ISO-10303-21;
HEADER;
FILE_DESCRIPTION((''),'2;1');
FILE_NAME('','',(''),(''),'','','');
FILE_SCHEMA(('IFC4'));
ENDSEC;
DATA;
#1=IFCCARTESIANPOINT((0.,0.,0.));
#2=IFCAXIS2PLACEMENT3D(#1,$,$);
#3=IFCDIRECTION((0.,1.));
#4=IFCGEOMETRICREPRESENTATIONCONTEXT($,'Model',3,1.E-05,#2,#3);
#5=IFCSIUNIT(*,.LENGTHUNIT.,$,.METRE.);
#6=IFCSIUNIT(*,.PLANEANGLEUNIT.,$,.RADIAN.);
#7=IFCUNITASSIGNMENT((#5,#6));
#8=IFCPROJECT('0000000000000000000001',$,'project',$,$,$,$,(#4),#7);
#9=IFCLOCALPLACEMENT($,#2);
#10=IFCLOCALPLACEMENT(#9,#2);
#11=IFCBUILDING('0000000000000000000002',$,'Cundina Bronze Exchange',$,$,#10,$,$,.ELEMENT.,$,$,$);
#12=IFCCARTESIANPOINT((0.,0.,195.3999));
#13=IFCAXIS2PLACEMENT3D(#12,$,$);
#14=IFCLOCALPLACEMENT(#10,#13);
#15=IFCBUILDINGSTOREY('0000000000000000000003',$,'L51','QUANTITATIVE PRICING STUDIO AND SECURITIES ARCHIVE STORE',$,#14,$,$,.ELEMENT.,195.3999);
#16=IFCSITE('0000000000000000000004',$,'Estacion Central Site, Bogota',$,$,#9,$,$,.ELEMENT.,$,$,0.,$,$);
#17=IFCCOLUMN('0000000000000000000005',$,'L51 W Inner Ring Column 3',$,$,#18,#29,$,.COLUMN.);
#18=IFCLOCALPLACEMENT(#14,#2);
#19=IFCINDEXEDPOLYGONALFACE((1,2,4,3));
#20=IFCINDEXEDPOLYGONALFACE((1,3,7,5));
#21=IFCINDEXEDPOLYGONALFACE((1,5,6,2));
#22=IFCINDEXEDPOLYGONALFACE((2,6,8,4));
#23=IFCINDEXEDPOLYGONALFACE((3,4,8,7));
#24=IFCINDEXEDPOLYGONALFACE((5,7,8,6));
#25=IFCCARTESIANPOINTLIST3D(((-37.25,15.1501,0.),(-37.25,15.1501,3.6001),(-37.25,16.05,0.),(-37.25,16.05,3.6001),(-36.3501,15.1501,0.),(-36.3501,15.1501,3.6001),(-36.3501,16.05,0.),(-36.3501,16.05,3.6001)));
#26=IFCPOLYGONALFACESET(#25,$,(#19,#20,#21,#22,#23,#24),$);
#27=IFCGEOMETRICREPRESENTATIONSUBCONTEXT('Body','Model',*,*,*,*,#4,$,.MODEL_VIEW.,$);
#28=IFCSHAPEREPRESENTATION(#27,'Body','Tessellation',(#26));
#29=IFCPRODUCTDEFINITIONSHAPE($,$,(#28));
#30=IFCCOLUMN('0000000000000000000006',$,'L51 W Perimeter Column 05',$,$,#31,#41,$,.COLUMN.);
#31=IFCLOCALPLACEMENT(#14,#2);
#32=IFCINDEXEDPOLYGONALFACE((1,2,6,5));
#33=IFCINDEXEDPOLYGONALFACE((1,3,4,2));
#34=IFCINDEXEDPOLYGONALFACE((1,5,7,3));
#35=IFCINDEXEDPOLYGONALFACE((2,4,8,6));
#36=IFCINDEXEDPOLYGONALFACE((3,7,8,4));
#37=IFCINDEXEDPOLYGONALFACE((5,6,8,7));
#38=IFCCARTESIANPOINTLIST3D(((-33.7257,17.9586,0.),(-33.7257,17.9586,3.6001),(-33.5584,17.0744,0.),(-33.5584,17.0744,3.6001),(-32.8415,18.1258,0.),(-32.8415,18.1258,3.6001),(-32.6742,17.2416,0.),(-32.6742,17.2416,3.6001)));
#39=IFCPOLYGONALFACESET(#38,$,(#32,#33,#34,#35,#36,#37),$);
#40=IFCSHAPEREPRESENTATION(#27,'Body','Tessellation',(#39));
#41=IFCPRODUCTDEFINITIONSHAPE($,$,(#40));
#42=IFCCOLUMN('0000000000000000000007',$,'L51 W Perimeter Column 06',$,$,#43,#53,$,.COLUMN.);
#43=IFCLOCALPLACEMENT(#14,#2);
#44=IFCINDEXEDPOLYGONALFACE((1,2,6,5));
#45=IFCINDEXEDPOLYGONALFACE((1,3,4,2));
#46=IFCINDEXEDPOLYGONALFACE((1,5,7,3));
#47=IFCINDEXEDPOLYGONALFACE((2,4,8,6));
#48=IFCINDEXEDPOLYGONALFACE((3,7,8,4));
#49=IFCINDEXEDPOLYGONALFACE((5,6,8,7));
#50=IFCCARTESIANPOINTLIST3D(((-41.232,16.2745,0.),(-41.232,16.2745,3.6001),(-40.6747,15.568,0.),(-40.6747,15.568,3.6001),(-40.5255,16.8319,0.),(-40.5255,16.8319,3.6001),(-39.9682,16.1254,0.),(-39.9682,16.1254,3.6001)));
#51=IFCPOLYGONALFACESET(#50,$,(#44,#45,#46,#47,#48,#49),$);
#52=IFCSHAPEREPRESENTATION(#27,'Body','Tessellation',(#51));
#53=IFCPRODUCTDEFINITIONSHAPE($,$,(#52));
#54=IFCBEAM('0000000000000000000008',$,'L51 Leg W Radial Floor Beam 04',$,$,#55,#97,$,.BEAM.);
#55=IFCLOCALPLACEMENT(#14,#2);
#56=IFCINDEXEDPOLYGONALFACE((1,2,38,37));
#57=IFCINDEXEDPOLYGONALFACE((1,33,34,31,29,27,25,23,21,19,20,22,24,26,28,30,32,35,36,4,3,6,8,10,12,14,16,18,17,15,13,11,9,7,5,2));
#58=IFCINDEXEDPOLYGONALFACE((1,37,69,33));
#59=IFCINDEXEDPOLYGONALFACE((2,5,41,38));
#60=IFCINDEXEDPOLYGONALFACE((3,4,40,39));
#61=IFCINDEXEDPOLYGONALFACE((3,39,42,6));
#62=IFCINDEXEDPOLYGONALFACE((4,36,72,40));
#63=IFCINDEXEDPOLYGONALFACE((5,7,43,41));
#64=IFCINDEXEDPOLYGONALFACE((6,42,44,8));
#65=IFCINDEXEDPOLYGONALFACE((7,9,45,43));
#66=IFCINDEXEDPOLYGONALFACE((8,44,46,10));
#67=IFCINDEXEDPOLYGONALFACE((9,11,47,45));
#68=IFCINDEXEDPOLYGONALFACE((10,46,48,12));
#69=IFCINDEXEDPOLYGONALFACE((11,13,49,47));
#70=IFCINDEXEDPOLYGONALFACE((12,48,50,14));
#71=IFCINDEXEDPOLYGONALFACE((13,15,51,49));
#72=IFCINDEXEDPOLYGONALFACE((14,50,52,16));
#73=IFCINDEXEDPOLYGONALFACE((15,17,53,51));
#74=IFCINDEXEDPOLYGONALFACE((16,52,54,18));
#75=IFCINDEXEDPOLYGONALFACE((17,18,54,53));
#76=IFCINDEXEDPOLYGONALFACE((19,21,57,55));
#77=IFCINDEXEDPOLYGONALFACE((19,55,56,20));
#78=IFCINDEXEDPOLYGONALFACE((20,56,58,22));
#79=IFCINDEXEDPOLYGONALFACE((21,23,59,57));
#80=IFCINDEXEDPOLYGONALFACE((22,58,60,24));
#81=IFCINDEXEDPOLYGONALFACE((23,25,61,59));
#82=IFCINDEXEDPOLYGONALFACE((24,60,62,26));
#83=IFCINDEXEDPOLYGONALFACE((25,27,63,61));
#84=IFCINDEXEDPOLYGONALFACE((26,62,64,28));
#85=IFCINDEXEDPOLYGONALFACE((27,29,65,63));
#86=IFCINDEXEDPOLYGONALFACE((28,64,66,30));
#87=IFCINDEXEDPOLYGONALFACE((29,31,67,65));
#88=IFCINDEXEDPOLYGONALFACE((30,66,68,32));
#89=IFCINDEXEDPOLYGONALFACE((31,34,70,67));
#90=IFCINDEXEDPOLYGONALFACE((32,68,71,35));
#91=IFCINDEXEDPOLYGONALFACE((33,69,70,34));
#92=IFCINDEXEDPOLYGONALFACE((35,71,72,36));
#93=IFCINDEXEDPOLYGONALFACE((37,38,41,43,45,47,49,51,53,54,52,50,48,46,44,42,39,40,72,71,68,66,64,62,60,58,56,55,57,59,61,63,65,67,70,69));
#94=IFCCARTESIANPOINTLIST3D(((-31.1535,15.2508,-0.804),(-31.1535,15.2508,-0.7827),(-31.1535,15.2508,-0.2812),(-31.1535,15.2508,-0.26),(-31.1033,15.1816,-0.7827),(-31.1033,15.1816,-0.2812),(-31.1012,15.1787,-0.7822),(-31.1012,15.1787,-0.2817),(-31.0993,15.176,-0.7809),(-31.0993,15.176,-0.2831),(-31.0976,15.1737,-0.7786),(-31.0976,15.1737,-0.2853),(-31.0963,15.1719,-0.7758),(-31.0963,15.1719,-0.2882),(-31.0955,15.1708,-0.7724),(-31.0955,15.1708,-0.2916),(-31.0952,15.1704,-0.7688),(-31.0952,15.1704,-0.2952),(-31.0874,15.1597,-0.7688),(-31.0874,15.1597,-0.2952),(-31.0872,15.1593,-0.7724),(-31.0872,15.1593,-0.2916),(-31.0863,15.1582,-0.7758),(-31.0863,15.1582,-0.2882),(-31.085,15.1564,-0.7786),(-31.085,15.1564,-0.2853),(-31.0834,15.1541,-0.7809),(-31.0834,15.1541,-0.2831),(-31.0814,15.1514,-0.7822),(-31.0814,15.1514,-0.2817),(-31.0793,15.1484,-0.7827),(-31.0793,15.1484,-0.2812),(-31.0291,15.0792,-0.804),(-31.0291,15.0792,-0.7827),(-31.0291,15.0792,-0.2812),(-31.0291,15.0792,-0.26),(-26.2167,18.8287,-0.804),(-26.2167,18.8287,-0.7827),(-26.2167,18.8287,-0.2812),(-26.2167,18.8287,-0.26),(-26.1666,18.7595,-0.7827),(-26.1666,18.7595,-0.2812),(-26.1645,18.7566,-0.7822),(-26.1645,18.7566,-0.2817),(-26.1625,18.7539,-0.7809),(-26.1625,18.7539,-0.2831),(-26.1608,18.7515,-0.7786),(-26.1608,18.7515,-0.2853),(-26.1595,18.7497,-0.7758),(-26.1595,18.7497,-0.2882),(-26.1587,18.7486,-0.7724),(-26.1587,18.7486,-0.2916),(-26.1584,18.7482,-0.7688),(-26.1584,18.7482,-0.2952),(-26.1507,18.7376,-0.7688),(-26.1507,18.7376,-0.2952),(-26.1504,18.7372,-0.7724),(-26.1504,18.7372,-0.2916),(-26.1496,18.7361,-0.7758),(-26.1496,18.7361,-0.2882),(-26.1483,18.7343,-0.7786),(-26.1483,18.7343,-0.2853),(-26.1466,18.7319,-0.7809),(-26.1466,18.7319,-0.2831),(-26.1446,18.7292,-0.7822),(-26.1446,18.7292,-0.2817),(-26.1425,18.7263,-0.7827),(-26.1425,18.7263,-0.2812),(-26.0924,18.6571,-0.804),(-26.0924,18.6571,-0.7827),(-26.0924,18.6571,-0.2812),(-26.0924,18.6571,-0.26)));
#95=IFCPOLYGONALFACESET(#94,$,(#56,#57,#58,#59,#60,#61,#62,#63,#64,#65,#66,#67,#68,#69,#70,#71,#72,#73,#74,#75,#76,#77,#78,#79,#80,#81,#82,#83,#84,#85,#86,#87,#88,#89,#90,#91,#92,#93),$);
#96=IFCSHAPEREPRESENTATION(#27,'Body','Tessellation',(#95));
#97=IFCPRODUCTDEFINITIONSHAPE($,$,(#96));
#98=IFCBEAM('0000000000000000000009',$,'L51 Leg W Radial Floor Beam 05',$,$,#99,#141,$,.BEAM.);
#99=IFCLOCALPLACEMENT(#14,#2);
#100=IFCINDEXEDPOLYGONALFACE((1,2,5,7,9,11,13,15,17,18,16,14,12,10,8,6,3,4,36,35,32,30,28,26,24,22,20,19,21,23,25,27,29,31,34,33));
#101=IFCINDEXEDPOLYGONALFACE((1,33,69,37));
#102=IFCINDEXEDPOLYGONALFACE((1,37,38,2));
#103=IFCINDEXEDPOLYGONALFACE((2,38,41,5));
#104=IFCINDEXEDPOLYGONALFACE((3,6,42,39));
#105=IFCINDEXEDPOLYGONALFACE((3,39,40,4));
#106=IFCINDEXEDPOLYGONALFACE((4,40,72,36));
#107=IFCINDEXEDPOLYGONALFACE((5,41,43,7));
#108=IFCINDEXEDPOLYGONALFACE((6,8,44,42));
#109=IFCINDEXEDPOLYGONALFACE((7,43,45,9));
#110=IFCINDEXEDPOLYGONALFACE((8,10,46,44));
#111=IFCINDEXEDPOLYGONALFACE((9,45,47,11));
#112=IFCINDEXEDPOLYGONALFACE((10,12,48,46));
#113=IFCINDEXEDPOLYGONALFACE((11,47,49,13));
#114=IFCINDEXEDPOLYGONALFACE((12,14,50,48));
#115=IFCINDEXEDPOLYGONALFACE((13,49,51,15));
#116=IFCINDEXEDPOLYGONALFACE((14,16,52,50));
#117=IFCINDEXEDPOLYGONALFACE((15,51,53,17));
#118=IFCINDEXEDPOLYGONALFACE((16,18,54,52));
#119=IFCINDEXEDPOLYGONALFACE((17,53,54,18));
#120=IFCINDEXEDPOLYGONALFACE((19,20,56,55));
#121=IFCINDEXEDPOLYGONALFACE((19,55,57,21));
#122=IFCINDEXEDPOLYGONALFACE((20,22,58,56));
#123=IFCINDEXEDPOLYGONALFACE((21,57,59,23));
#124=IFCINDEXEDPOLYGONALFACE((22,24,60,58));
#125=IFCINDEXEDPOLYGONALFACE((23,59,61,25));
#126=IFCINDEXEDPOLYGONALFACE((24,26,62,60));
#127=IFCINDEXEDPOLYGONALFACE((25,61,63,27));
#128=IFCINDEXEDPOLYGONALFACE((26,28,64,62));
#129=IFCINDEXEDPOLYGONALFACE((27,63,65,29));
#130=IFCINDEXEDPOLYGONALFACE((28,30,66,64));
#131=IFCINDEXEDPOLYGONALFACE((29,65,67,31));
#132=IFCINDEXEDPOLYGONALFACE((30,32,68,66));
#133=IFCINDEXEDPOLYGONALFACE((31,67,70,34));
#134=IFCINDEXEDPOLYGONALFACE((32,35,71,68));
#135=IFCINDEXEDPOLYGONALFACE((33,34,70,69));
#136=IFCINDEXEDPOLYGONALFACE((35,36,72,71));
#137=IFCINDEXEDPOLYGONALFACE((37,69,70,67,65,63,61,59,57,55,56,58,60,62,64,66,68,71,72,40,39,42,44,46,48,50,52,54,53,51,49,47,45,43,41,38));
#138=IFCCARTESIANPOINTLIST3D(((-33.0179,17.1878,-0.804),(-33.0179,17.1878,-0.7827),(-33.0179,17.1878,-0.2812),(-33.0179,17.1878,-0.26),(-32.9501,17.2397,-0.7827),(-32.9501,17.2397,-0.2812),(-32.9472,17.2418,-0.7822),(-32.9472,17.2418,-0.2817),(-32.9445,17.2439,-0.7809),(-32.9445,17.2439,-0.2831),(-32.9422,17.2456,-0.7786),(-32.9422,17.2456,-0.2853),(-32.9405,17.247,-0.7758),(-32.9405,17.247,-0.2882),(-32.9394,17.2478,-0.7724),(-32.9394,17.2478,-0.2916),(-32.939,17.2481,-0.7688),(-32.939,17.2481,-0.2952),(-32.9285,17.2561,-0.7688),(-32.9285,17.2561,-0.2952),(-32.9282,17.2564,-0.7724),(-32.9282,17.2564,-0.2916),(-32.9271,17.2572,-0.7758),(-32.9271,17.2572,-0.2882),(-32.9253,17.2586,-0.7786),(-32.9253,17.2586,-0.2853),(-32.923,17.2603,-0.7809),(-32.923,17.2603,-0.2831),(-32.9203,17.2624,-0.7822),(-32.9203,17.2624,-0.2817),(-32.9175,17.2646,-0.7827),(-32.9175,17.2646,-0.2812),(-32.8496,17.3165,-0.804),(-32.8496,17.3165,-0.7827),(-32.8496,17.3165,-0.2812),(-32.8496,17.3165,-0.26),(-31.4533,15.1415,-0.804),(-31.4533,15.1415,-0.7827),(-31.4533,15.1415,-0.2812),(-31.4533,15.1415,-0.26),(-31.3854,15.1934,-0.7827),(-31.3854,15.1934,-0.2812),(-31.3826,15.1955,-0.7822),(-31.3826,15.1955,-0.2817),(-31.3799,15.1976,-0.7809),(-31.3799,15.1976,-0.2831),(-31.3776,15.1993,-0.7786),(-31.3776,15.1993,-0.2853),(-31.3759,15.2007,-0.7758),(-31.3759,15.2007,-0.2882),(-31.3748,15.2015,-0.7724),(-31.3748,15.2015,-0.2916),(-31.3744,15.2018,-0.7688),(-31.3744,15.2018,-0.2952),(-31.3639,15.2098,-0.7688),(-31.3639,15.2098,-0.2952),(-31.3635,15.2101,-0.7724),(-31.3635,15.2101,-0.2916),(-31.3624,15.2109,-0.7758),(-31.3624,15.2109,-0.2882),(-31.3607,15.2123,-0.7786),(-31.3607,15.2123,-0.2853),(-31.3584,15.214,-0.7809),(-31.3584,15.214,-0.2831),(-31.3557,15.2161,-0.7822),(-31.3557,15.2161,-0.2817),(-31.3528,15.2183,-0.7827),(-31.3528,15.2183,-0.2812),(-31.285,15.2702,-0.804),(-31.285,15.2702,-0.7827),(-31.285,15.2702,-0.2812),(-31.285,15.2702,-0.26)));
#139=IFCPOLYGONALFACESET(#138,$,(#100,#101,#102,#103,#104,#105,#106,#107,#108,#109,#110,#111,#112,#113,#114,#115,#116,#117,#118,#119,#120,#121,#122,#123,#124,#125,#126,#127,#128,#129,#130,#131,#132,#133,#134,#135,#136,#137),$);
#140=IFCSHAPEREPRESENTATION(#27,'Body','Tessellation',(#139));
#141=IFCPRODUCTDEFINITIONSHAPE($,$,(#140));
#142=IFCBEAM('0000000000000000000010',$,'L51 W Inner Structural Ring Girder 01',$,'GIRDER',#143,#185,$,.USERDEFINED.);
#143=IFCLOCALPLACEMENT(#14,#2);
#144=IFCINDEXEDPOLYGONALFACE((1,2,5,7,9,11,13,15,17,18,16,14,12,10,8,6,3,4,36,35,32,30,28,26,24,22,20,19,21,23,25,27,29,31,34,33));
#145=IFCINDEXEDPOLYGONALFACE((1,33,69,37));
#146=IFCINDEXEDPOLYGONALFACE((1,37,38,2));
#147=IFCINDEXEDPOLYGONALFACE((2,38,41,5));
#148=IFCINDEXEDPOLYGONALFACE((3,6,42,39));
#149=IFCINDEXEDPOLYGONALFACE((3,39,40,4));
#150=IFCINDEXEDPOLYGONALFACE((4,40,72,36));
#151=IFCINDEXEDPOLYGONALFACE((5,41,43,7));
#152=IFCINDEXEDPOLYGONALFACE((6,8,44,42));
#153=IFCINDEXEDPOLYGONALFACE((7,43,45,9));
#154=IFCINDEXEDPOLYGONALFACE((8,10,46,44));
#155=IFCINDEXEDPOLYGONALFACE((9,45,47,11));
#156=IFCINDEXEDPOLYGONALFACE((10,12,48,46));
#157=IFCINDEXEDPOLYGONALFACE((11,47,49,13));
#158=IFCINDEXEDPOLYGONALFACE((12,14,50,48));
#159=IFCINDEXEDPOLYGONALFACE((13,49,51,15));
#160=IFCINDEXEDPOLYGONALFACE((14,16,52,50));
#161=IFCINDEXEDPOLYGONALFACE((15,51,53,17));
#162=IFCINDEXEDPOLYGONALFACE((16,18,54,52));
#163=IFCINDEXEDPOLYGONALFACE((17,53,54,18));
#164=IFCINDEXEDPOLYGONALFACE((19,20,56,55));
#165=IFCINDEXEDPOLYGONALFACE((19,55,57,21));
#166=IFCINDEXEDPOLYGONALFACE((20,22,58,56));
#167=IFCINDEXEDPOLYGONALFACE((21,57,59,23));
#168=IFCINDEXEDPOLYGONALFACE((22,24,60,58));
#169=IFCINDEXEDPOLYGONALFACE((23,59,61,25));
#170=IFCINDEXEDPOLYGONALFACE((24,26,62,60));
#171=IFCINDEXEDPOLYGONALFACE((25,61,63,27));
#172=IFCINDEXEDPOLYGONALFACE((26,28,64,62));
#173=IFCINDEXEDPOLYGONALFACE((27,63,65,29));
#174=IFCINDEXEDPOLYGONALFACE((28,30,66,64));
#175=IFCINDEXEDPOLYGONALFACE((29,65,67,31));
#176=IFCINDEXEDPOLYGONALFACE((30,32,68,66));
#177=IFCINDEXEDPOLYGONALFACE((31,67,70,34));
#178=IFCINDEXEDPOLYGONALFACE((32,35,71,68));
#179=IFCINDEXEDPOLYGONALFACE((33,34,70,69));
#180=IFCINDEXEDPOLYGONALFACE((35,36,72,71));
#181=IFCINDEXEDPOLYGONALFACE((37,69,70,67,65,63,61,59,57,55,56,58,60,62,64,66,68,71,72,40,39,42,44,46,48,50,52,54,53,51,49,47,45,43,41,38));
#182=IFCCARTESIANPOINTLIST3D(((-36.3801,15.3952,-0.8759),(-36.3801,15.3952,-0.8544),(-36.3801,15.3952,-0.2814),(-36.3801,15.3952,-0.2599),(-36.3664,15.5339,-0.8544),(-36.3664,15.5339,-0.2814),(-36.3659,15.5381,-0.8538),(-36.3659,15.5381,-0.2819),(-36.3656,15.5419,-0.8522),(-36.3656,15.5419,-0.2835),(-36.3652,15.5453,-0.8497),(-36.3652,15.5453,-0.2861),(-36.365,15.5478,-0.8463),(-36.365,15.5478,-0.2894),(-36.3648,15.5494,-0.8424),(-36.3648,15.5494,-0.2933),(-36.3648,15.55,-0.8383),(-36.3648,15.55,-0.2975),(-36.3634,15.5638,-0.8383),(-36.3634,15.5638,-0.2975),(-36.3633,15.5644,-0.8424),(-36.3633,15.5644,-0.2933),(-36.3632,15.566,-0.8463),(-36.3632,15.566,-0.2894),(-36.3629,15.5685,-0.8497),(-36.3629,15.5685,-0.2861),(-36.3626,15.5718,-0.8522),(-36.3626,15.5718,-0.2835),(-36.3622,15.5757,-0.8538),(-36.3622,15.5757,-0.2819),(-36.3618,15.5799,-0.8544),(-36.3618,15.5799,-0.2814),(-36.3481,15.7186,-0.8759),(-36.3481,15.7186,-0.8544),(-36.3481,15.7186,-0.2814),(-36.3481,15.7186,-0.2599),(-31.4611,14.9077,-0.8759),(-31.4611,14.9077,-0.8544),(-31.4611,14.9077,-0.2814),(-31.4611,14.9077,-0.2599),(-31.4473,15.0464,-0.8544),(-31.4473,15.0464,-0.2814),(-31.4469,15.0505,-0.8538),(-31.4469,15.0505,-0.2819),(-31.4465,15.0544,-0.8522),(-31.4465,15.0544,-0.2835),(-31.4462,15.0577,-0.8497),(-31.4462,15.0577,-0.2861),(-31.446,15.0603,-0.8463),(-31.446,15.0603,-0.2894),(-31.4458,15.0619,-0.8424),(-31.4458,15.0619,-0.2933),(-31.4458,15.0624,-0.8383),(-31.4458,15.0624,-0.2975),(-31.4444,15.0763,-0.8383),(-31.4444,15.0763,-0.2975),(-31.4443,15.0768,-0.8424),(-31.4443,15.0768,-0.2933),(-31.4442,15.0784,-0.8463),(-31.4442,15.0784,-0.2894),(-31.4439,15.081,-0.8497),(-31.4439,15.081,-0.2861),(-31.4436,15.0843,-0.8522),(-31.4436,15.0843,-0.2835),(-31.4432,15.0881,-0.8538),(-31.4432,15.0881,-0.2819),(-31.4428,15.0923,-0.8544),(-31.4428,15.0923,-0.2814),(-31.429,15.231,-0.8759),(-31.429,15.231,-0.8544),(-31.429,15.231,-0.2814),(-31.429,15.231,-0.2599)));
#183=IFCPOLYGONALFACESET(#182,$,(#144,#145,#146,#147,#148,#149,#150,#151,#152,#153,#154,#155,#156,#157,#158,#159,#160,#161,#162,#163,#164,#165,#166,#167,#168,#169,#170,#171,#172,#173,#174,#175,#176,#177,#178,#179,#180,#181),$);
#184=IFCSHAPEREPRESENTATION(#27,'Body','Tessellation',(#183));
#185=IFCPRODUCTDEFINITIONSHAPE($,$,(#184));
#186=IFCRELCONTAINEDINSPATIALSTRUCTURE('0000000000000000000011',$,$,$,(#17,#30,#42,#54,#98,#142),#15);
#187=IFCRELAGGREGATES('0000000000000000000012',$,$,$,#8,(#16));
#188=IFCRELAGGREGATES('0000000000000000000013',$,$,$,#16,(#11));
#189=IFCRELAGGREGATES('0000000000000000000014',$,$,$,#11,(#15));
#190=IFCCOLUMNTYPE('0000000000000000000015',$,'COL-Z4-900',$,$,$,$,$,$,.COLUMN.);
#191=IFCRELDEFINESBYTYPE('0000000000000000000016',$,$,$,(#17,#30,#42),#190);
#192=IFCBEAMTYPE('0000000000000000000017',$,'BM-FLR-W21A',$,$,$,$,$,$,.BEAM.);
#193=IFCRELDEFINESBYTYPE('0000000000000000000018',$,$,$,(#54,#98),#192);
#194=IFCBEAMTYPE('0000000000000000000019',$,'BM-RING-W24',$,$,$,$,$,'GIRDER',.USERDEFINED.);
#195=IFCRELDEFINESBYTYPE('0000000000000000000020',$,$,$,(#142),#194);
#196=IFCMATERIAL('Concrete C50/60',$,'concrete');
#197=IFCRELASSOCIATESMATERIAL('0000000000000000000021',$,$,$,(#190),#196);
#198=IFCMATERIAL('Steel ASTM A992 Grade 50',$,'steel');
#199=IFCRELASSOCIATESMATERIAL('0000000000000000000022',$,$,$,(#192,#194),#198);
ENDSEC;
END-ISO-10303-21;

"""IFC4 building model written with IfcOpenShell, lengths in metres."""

from ifc_helpers import new_model, si_unit, direction, frame, origin, origin_2d, place, context, subcontext, project, spatial, rectangle, i_section, extrude, material, material_profile, profile_set, type_object, element, save


model = new_model("IFC4")

# Units and contexts
model_context = context("Model", 3, precision=1e-05, world=origin(), true_north=direction((0.0, 1.0)))
body_context = subcontext(model_context, "Body", "Model", "MODEL_VIEW")
ifc_project = project(units=[si_unit("LENGTHUNIT", "METRE"), si_unit("PLANEANGLEUNIT", "RADIAN")], contexts=[model_context])

# Site, building, storey
site_placement = place(None, origin())
site = spatial("IfcSite", under=ifc_project, at=site_placement, Name="Estacion Central Site, Bogota", CompositionType="ELEMENT", RefElevation=0.0)
building_placement = place(site_placement, origin())
building = spatial("IfcBuilding", under=site, at=building_placement, Name="Cundina Bronze Exchange", CompositionType="ELEMENT")
storey_placement = place(building_placement, frame((0.0, 0.0, 195.3999)))
storey = spatial("IfcBuildingStorey", under=building, at=storey_placement, Name="L51", Description="QUANTITATIVE PRICING STUDIO AND SECURITIES ARCHIVE STORE", CompositionType="ELEMENT", Elevation=195.3999)

# Columns
ifc_material_1 = material(Name="Concrete C50/60", Category="concrete")
ifc_material_profile_1 = material_profile(ifc_material_1, rectangle(XDim=0.8999, YDim=0.8999, at=origin_2d()), Name="RC900X900", Category="concrete")
ifc_profile_set_1 = profile_set([ifc_material_profile_1], Name="Concrete C50/60")
column_type = type_object("IfcColumnType", Name="COL-Z4-900", PredefinedType="COLUMN", material=ifc_profile_set_1)
for number, where, z_axis, x_axis, name in (
    (1, (-36.8, 15.6001, 0.0), (0.0, 0.0, 1.0), (1.0, 0.0, 0.0), "L51 W Inner Ring Column 3"),
    (2, (-33.2, 17.6001, 0.0), (0.0, 0.0, 1.0), (-0.98258, -0.185838, 0.0), "L51 W Perimeter Column 05"),
    (3, (-40.6001, 16.2, 0.0), (0.0, 0.0, 1.0), (-0.785101, -0.619368, 0.0), "L51 W Perimeter Column 06"),
):
    element("IfcColumn", number, at=place(storey_placement, frame(where, z_axis=z_axis, x_axis=x_axis)), inside=storey, type_object=column_type, Name=name, PredefinedType="COLUMN", context=body_context, shape_type="SweptSolid", body=[
        extrude(rectangle(XDim=0.8999, YDim=0.8999, at=origin_2d()), origin(), (0.0, 0.0, 1.0), 3.6001),
    ])

# Beams
ifc_material_2 = material(Name="Steel ASTM A992 Grade 50", Category="steel")
ifc_material_profile_2 = material_profile(ifc_material_2, i_section(OverallWidth=0.2119, OverallDepth=0.5439, WebThickness=0.0132, FlangeThickness=0.0212, FilletRadius=0.0139, at=origin_2d()), Name="W21X83", Category="steel")
ifc_profile_set_2 = profile_set([ifc_material_profile_2], Name="Steel ASTM A992 Grade 50")
beam_type_1 = type_object("IfcBeamType", Name="BM-FLR-W21A", PredefinedType="BEAM", material=ifc_profile_set_2)
beam_1_placement = place(storey_placement, frame((-31.0913, 15.165, -0.532), z_axis=(0.80971, 0.58683, 0.0), x_axis=(-0.58683, 0.80971, 0.0)))
element("IfcBeam", 4, at=beam_1_placement, inside=storey, type_object=beam_type_1, Name="L51 Leg W Radial Floor Beam 04", PredefinedType="BEAM", context=body_context, shape_type="SweptSolid", body=[
    extrude(i_section(OverallWidth=0.2119, OverallDepth=0.5439, WebThickness=0.0132, FlangeThickness=0.0212, FilletRadius=0.0139, at=origin_2d()), origin(), (0.0, 0.0, 1.0), 6.0969),
])
beam_2_placement = place(storey_placement, frame((-31.3691, 15.2058, -0.532), z_axis=(-0.607404, 0.794393, 0.0), x_axis=(-0.794393, -0.607404, 0.0)))
element("IfcBeam", 5, at=beam_2_placement, inside=storey, type_object=beam_type_1, Name="L51 Leg W Radial Floor Beam 05", PredefinedType="BEAM", context=body_context, shape_type="SweptSolid", body=[
    extrude(i_section(OverallWidth=0.2119, OverallDepth=0.5439, WebThickness=0.0132, FlangeThickness=0.0212, FilletRadius=0.0139, at=origin_2d()), origin(), (0.0, 0.0, 1.0), 2.5759),
])
ifc_material_profile_3 = material_profile(ifc_material_2, i_section(OverallWidth=0.325, OverallDepth=0.616, WebThickness=0.0139, FlangeThickness=0.0215, FilletRadius=0.0161, at=origin_2d()), Name="W24X117", Category="steel")
ifc_profile_set_3 = profile_set([ifc_material_profile_3], Name="Steel ASTM A992 Grade 50")
beam_type_2 = type_object("IfcBeamType", Name="BM-RING-W24", ElementType="GIRDER", PredefinedType="USERDEFINED", material=ifc_profile_set_3)
beam_3_placement = place(storey_placement, frame((-31.4451, 15.0693, -0.5679), z_axis=(-0.995124, 0.098633, 0.0), x_axis=(-0.098633, -0.995124, 0.0)))
element("IfcBeam", 6, at=beam_3_placement, inside=storey, type_object=beam_type_2, Name="L51 W Inner Structural Ring Girder 01", ObjectType="GIRDER", PredefinedType="USERDEFINED", context=body_context, shape_type="SweptSolid", body=[
    extrude(i_section(OverallWidth=0.325, OverallDepth=0.616, WebThickness=0.0139, FlangeThickness=0.0215, FilletRadius=0.0161, at=origin_2d()), origin(), (0.0, 0.0, 1.0), 4.9431),
])

save(model, "model.ifc")
